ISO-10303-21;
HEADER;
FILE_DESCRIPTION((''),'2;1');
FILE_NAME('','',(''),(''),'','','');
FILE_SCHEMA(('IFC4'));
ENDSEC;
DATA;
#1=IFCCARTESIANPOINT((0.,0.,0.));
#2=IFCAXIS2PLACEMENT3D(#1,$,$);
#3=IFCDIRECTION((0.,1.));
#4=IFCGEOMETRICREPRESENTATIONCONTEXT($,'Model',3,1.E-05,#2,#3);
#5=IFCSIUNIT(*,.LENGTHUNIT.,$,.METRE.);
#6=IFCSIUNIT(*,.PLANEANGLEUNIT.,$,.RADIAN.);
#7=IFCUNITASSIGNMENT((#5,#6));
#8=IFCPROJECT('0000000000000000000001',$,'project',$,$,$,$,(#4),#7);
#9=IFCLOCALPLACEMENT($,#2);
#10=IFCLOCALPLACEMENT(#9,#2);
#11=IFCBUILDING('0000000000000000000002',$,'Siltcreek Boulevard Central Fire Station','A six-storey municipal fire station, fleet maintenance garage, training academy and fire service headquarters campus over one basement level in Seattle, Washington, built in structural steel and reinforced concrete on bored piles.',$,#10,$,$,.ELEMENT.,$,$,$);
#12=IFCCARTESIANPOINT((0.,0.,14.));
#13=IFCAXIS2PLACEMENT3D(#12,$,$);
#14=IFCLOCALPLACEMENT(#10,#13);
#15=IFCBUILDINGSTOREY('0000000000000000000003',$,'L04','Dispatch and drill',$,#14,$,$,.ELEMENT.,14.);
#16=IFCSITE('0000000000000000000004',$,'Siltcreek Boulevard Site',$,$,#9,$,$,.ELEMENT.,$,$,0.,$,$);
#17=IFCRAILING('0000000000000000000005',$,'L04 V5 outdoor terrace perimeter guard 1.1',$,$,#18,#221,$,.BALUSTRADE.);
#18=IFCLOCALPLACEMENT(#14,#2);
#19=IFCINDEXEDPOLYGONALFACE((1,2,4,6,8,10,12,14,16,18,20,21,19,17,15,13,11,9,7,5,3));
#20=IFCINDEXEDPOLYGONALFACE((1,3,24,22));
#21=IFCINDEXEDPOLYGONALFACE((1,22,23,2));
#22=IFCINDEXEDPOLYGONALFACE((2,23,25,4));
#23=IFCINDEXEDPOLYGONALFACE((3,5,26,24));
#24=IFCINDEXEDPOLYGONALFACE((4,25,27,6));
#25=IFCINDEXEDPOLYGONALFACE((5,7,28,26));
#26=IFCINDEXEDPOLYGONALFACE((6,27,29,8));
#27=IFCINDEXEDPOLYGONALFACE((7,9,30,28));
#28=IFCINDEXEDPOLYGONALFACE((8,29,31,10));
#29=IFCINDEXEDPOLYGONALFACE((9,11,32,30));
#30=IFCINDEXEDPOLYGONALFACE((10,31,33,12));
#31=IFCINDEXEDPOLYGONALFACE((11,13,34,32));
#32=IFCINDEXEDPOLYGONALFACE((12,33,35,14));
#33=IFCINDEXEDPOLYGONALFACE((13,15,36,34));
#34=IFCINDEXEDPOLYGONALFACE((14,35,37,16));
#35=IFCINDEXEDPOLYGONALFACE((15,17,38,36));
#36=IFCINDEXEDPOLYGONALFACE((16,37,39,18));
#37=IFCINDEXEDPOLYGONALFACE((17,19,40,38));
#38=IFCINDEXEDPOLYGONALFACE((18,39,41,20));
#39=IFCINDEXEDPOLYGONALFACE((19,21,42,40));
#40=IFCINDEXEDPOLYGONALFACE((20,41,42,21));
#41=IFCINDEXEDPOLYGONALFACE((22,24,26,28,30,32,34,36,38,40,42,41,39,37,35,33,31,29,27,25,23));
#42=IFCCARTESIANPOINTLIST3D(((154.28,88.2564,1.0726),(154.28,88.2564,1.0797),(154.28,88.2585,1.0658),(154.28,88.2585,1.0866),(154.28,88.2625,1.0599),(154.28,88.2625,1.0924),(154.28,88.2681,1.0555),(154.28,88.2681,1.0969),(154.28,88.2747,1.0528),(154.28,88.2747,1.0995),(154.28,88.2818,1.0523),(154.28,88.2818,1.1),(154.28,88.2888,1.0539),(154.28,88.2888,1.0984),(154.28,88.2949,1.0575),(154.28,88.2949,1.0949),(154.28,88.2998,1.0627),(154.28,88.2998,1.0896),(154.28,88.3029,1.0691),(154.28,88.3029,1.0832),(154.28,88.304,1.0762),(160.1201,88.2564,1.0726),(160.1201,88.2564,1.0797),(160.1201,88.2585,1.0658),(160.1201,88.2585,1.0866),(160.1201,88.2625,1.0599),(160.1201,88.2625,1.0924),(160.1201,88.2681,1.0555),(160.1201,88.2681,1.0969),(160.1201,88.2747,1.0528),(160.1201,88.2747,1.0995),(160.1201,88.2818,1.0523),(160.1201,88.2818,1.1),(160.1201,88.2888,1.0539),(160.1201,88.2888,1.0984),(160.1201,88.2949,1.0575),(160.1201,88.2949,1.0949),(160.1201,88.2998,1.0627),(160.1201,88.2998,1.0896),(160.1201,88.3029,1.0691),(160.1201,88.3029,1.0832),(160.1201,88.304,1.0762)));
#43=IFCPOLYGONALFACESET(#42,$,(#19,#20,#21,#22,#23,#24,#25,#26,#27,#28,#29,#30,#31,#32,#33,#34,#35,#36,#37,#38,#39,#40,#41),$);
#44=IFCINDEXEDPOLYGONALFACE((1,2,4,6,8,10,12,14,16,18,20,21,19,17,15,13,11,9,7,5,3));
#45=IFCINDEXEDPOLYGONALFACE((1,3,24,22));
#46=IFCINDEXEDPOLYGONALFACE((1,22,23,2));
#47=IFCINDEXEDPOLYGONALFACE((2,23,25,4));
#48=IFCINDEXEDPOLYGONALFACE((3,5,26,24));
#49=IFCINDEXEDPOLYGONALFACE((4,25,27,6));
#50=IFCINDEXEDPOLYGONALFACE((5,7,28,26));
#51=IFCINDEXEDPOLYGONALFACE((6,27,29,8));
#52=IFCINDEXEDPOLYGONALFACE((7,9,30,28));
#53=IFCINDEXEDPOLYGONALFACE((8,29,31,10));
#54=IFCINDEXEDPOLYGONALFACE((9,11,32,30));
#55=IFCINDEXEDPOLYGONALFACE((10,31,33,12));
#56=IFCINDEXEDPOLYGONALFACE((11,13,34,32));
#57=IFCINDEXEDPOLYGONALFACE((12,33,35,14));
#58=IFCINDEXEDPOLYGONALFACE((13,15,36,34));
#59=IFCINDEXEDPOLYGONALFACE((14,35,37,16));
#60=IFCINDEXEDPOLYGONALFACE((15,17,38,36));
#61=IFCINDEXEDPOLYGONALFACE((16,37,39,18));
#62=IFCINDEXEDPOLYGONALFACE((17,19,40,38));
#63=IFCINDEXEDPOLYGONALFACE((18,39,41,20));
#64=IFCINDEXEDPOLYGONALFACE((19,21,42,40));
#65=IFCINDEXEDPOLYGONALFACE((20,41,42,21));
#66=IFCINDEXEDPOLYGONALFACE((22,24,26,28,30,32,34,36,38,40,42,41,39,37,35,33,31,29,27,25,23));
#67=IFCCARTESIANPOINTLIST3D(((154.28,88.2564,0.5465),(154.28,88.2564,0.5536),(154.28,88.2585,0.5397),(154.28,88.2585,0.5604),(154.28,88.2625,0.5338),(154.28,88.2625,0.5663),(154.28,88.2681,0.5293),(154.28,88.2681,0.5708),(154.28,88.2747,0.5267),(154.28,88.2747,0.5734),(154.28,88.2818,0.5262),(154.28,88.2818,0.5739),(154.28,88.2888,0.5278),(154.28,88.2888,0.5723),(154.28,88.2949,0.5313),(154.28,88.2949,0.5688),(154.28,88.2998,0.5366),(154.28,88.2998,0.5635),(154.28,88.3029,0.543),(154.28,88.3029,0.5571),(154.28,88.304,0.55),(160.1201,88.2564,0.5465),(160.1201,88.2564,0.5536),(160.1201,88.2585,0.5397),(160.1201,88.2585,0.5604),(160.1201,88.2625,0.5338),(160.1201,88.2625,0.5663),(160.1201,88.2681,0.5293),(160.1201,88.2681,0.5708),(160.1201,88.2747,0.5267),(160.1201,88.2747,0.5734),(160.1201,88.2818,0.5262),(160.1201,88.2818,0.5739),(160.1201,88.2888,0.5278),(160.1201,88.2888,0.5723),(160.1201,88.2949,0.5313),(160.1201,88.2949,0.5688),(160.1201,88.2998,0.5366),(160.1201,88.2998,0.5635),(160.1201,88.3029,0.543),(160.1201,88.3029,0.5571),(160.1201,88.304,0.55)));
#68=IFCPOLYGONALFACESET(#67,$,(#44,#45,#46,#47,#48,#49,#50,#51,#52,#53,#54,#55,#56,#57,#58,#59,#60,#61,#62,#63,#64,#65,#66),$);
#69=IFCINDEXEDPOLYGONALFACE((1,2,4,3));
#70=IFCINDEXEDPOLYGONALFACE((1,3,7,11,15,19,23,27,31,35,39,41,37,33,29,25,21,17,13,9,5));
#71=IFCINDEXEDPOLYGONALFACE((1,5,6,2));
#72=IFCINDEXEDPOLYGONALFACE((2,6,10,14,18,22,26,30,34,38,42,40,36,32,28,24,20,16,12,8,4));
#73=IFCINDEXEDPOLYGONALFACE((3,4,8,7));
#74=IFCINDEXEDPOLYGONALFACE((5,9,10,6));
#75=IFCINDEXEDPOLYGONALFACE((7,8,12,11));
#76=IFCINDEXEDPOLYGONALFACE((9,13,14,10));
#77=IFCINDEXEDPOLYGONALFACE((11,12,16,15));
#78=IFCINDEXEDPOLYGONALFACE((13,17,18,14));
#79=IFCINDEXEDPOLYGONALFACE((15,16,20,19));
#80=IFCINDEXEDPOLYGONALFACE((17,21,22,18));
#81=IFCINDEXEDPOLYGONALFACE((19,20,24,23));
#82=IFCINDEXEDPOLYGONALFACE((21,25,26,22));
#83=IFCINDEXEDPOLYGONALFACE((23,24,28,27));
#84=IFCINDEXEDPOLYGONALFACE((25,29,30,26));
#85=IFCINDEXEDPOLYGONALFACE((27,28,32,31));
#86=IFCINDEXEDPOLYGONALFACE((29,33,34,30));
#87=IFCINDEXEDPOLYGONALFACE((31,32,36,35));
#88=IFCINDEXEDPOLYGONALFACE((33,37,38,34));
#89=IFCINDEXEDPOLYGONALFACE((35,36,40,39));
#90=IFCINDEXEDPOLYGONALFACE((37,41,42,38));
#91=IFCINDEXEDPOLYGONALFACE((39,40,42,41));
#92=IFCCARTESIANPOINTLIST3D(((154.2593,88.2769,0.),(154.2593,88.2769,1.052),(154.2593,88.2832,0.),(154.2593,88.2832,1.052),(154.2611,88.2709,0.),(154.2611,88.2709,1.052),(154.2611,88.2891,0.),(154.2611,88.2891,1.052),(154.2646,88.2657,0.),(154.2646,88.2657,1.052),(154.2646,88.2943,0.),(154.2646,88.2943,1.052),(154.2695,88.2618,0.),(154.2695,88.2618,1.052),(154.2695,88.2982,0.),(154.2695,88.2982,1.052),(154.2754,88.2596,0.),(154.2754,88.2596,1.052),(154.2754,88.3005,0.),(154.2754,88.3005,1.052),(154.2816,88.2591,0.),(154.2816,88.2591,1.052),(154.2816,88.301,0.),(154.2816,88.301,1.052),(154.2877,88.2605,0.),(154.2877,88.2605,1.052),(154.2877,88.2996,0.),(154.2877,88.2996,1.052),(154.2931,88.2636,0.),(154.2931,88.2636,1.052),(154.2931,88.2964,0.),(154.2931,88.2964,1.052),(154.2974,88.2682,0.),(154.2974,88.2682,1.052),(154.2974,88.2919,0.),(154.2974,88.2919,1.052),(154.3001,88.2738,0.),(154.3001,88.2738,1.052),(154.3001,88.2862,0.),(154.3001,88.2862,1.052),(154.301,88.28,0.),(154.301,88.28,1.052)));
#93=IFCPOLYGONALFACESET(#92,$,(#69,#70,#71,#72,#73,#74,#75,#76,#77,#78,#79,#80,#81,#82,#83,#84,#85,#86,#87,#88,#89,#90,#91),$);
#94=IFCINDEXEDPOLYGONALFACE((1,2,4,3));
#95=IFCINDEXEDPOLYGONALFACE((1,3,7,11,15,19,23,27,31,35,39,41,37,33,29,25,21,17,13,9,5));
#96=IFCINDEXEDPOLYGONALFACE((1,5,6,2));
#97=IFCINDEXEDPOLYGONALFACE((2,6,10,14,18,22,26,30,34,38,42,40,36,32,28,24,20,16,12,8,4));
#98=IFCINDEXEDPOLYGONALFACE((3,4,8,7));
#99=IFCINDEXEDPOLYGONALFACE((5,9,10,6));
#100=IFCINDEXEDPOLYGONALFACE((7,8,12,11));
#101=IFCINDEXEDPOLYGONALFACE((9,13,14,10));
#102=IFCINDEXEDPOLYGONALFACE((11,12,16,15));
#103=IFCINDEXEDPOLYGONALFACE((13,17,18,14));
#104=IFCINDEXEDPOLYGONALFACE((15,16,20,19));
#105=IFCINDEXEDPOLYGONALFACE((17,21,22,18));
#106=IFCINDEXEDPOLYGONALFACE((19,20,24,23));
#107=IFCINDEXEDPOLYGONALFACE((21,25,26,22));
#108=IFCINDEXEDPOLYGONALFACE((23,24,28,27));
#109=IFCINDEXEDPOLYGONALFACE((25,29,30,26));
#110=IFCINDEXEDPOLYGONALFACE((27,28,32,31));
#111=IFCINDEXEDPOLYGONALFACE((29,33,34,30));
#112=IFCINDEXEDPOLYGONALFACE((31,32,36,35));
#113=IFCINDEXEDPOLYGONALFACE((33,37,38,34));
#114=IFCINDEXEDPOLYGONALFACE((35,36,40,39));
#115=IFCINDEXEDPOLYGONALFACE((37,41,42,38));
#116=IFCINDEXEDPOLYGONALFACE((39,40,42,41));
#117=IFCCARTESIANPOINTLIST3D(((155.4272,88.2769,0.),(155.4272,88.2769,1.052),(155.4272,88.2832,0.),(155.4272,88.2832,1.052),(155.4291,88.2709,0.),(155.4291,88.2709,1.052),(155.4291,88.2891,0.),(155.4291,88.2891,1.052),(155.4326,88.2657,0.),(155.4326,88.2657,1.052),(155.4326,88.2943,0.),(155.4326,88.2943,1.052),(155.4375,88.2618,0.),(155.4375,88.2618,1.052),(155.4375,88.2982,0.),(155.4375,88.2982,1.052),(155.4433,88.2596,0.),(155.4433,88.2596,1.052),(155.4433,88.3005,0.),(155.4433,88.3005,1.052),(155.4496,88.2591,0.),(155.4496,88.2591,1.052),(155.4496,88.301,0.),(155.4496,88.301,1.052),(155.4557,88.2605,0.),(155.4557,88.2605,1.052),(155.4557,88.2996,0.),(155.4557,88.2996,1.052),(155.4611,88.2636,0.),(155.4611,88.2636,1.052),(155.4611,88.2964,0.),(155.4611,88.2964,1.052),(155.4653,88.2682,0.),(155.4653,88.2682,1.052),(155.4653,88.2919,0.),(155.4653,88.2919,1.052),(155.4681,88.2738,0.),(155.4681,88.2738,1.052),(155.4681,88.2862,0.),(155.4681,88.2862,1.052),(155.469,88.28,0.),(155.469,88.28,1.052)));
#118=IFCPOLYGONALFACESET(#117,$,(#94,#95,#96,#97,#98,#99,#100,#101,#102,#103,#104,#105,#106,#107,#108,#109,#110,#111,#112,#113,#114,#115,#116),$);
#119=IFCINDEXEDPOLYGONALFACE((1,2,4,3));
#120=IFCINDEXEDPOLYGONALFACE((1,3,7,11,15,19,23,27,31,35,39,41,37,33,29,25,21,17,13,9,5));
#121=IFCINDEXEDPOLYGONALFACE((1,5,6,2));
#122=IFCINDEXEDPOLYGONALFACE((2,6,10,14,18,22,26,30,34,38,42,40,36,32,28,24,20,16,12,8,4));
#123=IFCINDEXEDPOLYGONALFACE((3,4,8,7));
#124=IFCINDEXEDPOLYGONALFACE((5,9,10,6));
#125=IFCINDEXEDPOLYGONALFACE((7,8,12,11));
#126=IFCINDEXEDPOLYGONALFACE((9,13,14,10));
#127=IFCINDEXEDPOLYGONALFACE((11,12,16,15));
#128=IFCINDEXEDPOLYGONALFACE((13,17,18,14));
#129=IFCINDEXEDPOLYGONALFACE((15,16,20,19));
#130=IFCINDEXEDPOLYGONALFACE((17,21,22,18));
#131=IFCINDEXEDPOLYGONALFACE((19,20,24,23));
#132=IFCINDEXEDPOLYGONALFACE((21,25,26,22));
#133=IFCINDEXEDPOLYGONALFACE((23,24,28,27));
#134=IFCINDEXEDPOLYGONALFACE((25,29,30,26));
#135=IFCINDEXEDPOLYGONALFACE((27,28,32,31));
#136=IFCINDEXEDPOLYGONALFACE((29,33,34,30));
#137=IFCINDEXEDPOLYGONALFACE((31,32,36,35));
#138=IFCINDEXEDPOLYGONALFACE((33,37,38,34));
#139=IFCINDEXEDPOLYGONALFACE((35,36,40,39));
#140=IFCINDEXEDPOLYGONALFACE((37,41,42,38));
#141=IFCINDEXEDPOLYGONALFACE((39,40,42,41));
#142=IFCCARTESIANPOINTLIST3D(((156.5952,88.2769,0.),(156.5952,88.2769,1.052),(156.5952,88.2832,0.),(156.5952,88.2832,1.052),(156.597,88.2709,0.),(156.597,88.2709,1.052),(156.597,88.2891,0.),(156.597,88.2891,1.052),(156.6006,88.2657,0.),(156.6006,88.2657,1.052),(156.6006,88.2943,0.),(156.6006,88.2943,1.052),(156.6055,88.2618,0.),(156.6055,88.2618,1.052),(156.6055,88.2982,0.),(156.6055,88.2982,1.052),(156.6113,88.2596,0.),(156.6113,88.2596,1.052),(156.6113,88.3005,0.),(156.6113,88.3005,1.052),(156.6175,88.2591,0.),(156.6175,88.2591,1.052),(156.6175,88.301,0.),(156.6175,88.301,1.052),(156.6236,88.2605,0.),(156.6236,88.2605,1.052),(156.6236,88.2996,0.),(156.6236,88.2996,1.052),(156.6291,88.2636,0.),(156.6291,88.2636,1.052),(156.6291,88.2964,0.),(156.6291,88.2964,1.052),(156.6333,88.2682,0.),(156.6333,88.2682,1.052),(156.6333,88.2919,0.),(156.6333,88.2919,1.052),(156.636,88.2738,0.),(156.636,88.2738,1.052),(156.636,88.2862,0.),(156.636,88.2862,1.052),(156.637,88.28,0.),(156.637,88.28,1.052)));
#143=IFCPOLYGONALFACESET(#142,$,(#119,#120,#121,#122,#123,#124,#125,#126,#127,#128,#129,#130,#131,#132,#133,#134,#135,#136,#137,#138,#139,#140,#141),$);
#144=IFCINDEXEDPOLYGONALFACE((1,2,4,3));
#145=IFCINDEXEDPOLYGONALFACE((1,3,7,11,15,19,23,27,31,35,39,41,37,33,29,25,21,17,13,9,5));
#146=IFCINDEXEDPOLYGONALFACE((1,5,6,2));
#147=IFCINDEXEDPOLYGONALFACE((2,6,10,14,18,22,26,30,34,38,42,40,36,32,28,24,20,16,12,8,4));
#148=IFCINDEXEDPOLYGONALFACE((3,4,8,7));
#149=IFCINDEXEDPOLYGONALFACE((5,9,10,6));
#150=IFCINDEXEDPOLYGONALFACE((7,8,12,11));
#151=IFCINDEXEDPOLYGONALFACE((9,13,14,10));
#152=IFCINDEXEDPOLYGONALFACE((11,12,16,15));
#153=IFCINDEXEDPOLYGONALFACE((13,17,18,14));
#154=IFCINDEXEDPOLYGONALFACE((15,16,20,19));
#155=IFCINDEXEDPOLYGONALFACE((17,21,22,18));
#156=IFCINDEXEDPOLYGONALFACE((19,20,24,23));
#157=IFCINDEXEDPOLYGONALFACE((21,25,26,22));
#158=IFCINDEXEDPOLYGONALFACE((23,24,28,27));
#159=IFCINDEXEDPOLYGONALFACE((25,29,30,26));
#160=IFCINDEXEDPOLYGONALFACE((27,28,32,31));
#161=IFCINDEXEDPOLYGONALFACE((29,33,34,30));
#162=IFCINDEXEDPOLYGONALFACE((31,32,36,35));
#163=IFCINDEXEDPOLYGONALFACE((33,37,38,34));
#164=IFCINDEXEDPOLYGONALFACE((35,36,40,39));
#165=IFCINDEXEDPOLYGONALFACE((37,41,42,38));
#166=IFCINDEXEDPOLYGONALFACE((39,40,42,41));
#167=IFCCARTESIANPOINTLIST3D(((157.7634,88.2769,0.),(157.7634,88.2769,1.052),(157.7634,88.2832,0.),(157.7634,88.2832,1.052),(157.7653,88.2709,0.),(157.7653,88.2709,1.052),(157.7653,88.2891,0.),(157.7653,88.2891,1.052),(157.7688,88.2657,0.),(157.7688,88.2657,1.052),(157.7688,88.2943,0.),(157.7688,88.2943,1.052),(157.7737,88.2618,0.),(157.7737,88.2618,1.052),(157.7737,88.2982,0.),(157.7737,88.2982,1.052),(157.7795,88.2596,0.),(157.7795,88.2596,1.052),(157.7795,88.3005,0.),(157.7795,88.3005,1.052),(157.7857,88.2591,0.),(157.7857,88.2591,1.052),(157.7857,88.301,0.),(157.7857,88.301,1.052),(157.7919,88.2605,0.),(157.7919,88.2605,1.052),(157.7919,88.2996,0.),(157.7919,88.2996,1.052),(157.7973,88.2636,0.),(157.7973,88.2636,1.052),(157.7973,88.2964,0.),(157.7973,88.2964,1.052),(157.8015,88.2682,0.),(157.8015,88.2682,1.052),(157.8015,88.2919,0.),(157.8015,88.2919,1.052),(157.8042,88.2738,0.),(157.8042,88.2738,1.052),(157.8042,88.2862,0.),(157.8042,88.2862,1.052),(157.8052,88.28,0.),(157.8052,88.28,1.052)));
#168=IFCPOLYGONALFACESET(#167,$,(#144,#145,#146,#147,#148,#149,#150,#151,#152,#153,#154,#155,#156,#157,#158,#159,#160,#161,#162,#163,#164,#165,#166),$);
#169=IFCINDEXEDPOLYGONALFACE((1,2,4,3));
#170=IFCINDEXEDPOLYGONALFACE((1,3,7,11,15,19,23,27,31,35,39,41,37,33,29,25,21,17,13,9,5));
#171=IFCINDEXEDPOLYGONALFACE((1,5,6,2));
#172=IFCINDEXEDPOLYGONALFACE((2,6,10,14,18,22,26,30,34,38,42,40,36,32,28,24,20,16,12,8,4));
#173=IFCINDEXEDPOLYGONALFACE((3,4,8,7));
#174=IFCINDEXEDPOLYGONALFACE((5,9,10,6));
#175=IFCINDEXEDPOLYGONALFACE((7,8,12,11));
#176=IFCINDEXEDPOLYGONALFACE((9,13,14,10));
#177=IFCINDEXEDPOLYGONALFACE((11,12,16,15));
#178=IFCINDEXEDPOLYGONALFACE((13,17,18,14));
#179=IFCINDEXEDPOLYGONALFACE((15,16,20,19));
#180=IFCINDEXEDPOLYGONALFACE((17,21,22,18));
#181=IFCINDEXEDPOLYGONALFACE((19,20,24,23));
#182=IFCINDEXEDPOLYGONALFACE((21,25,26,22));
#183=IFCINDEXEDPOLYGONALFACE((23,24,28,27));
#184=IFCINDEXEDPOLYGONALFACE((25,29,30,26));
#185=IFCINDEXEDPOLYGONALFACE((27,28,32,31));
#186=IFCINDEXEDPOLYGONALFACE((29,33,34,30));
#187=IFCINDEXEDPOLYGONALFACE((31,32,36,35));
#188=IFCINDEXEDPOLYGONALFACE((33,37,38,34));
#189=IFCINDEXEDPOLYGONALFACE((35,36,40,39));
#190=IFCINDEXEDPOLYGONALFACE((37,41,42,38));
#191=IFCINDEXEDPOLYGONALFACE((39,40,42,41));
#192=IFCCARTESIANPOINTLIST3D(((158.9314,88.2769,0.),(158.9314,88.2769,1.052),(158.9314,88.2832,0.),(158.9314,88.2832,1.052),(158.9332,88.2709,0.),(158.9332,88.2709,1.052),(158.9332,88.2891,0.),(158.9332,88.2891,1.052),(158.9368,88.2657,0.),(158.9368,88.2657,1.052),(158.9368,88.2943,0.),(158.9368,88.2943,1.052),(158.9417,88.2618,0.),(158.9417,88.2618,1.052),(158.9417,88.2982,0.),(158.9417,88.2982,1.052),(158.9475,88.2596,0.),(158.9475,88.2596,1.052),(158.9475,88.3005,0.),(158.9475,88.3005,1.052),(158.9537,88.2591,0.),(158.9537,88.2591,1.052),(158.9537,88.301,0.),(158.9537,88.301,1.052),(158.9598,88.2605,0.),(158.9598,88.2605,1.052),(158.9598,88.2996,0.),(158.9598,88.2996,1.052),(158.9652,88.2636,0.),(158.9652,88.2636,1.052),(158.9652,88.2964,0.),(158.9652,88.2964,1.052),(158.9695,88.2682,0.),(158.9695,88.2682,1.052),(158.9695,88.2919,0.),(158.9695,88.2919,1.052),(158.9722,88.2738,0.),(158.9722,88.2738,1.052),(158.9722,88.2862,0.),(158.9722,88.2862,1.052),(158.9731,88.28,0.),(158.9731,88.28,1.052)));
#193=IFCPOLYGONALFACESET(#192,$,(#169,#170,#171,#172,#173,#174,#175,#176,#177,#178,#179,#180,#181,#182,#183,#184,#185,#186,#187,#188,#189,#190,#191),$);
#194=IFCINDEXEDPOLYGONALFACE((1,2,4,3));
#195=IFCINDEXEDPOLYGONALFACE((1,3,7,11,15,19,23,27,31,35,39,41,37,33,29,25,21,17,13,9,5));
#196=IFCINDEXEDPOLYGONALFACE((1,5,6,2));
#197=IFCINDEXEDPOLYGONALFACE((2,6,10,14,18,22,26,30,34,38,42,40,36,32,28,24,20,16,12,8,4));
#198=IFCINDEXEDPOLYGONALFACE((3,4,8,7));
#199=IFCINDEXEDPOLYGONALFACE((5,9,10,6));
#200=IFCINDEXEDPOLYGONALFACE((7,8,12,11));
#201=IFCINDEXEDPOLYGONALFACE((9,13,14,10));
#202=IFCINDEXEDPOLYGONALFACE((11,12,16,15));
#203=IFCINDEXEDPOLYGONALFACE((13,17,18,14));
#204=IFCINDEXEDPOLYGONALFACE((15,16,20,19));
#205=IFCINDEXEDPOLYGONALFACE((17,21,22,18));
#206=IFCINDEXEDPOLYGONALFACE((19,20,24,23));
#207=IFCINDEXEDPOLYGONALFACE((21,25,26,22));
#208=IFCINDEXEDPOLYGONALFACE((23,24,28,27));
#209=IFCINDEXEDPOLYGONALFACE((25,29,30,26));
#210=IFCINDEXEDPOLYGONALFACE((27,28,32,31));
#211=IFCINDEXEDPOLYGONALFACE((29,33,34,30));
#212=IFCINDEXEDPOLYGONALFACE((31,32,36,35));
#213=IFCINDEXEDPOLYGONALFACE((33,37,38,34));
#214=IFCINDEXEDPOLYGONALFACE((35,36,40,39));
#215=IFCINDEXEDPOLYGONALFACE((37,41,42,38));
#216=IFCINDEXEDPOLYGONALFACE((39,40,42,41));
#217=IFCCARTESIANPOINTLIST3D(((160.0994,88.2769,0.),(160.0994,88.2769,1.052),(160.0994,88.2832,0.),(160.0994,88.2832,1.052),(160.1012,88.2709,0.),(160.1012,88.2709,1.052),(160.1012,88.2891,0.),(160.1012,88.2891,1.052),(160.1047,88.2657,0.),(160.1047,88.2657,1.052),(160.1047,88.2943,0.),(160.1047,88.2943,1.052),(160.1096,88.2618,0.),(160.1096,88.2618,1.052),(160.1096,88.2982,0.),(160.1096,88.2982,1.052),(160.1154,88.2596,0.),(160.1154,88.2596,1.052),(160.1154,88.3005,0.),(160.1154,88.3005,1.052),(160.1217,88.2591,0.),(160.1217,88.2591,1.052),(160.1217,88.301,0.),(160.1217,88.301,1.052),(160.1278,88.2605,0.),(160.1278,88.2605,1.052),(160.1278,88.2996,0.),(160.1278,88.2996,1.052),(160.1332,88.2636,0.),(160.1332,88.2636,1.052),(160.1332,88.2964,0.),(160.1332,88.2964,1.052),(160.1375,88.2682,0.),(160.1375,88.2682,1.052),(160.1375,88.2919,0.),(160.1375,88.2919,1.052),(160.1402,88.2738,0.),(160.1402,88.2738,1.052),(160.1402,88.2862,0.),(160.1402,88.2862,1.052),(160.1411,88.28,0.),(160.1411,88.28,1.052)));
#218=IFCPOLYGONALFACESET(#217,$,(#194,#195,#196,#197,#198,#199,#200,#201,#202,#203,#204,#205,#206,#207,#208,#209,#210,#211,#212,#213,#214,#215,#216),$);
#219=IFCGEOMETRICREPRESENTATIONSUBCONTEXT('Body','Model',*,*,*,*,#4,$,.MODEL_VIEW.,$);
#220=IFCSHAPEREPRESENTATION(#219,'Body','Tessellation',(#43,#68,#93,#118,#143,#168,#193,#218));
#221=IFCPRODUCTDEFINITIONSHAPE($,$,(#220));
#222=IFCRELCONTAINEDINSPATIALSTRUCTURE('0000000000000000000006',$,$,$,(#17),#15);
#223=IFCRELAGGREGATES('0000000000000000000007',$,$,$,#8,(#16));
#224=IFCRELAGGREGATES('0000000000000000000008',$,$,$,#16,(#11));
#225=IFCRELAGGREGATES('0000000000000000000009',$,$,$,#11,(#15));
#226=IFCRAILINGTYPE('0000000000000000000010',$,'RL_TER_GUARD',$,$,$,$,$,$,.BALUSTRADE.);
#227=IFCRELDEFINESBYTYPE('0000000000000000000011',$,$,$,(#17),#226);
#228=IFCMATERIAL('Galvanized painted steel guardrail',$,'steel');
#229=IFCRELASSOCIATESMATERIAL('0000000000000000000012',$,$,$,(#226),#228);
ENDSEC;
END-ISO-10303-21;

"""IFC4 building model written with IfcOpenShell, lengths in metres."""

from ifc_helpers import new_model, si_unit, direction, frame, origin, origin_2d, place, context, subcontext, project, spatial, circle, extrude, material, type_object, element, save


model = new_model("IFC4")

# Units and contexts
model_context = context("Model", 3, precision=1e-05, world=origin(), true_north=direction((0.0, 1.0)))
body_context = subcontext(model_context, "Body", "Model", "MODEL_VIEW")
ifc_project = project(units=[si_unit("LENGTHUNIT", "METRE"), si_unit("PLANEANGLEUNIT", "RADIAN")], contexts=[model_context])

# Site, building, storey
site_placement = place(None, origin())
site = spatial("IfcSite", under=ifc_project, at=site_placement, Name="Siltcreek Boulevard Site", CompositionType="ELEMENT", RefElevation=0.0)
building_placement = place(site_placement, origin())
building = spatial("IfcBuilding", under=site, at=building_placement, Name="Siltcreek Boulevard Central Fire Station", Description="A six-storey municipal fire station, fleet maintenance garage, training academy and fire service headquarters campus over one basement level in Seattle, Washington, built in structural steel and reinforced concrete on bored piles.", CompositionType="ELEMENT")
storey_placement = place(building_placement, frame((0.0, 0.0, 14.0)))
storey = spatial("IfcBuildingStorey", under=building, at=storey_placement, Name="L04", Description="Dispatch and drill", CompositionType="ELEMENT", Elevation=14.0)

# Railing
ifc_material_1 = material(Name="Galvanized painted steel guardrail", Category="steel")
railing_type = type_object("IfcRailingType", Name="RL_TER_GUARD", PredefinedType="BALUSTRADE", material=ifc_material_1)
railing_1_placement = place(storey_placement, frame((154.28, 88.28, 0.0)))
element("IfcRailing", 1, at=railing_1_placement, inside=storey, type_object=railing_type, Name="L04 V5 outdoor terrace perimeter guard 1.1", PredefinedType="BALUSTRADE", context=body_context, shape_type="SweptSolid", body=[
    extrude(circle(Radius=0.0239, at=origin_2d()), frame((0.0, 0.0, 1.0762), z_axis=(1.0, 0.0, 0.0), x_axis=(0.0, 1.0, 0.0)), (0.0, 0.0, 1.0), 5.8401),
    extrude(circle(Radius=0.0239, at=origin_2d()), frame((0.0, 0.0, 0.55), z_axis=(1.0, 0.0, 0.0), x_axis=(0.0, 1.0, 0.0)), (0.0, 0.0, 1.0), 5.8401),
    extrude(circle(Radius=0.021, at=origin_2d()), origin(), (0.0, 0.0, 1.0), 1.052),
    extrude(circle(Radius=0.021, at=origin_2d()), frame((1.168, 0.0, 0.0)), (0.0, 0.0, 1.0), 1.052),
    extrude(circle(Radius=0.021, at=origin_2d()), frame((2.3359, 0.0, 0.0)), (0.0, 0.0, 1.0), 1.052),
    extrude(circle(Radius=0.021, at=origin_2d()), frame((3.5042, 0.0, 0.0)), (0.0, 0.0, 1.0), 1.052),
    extrude(circle(Radius=0.021, at=origin_2d()), frame((4.6721, 0.0, 0.0)), (0.0, 0.0, 1.0), 1.052),
    extrude(circle(Radius=0.021, at=origin_2d()), frame((5.8401, 0.0, 0.0)), (0.0, 0.0, 1.0), 1.052),
])

save(model, "model.ifc")
